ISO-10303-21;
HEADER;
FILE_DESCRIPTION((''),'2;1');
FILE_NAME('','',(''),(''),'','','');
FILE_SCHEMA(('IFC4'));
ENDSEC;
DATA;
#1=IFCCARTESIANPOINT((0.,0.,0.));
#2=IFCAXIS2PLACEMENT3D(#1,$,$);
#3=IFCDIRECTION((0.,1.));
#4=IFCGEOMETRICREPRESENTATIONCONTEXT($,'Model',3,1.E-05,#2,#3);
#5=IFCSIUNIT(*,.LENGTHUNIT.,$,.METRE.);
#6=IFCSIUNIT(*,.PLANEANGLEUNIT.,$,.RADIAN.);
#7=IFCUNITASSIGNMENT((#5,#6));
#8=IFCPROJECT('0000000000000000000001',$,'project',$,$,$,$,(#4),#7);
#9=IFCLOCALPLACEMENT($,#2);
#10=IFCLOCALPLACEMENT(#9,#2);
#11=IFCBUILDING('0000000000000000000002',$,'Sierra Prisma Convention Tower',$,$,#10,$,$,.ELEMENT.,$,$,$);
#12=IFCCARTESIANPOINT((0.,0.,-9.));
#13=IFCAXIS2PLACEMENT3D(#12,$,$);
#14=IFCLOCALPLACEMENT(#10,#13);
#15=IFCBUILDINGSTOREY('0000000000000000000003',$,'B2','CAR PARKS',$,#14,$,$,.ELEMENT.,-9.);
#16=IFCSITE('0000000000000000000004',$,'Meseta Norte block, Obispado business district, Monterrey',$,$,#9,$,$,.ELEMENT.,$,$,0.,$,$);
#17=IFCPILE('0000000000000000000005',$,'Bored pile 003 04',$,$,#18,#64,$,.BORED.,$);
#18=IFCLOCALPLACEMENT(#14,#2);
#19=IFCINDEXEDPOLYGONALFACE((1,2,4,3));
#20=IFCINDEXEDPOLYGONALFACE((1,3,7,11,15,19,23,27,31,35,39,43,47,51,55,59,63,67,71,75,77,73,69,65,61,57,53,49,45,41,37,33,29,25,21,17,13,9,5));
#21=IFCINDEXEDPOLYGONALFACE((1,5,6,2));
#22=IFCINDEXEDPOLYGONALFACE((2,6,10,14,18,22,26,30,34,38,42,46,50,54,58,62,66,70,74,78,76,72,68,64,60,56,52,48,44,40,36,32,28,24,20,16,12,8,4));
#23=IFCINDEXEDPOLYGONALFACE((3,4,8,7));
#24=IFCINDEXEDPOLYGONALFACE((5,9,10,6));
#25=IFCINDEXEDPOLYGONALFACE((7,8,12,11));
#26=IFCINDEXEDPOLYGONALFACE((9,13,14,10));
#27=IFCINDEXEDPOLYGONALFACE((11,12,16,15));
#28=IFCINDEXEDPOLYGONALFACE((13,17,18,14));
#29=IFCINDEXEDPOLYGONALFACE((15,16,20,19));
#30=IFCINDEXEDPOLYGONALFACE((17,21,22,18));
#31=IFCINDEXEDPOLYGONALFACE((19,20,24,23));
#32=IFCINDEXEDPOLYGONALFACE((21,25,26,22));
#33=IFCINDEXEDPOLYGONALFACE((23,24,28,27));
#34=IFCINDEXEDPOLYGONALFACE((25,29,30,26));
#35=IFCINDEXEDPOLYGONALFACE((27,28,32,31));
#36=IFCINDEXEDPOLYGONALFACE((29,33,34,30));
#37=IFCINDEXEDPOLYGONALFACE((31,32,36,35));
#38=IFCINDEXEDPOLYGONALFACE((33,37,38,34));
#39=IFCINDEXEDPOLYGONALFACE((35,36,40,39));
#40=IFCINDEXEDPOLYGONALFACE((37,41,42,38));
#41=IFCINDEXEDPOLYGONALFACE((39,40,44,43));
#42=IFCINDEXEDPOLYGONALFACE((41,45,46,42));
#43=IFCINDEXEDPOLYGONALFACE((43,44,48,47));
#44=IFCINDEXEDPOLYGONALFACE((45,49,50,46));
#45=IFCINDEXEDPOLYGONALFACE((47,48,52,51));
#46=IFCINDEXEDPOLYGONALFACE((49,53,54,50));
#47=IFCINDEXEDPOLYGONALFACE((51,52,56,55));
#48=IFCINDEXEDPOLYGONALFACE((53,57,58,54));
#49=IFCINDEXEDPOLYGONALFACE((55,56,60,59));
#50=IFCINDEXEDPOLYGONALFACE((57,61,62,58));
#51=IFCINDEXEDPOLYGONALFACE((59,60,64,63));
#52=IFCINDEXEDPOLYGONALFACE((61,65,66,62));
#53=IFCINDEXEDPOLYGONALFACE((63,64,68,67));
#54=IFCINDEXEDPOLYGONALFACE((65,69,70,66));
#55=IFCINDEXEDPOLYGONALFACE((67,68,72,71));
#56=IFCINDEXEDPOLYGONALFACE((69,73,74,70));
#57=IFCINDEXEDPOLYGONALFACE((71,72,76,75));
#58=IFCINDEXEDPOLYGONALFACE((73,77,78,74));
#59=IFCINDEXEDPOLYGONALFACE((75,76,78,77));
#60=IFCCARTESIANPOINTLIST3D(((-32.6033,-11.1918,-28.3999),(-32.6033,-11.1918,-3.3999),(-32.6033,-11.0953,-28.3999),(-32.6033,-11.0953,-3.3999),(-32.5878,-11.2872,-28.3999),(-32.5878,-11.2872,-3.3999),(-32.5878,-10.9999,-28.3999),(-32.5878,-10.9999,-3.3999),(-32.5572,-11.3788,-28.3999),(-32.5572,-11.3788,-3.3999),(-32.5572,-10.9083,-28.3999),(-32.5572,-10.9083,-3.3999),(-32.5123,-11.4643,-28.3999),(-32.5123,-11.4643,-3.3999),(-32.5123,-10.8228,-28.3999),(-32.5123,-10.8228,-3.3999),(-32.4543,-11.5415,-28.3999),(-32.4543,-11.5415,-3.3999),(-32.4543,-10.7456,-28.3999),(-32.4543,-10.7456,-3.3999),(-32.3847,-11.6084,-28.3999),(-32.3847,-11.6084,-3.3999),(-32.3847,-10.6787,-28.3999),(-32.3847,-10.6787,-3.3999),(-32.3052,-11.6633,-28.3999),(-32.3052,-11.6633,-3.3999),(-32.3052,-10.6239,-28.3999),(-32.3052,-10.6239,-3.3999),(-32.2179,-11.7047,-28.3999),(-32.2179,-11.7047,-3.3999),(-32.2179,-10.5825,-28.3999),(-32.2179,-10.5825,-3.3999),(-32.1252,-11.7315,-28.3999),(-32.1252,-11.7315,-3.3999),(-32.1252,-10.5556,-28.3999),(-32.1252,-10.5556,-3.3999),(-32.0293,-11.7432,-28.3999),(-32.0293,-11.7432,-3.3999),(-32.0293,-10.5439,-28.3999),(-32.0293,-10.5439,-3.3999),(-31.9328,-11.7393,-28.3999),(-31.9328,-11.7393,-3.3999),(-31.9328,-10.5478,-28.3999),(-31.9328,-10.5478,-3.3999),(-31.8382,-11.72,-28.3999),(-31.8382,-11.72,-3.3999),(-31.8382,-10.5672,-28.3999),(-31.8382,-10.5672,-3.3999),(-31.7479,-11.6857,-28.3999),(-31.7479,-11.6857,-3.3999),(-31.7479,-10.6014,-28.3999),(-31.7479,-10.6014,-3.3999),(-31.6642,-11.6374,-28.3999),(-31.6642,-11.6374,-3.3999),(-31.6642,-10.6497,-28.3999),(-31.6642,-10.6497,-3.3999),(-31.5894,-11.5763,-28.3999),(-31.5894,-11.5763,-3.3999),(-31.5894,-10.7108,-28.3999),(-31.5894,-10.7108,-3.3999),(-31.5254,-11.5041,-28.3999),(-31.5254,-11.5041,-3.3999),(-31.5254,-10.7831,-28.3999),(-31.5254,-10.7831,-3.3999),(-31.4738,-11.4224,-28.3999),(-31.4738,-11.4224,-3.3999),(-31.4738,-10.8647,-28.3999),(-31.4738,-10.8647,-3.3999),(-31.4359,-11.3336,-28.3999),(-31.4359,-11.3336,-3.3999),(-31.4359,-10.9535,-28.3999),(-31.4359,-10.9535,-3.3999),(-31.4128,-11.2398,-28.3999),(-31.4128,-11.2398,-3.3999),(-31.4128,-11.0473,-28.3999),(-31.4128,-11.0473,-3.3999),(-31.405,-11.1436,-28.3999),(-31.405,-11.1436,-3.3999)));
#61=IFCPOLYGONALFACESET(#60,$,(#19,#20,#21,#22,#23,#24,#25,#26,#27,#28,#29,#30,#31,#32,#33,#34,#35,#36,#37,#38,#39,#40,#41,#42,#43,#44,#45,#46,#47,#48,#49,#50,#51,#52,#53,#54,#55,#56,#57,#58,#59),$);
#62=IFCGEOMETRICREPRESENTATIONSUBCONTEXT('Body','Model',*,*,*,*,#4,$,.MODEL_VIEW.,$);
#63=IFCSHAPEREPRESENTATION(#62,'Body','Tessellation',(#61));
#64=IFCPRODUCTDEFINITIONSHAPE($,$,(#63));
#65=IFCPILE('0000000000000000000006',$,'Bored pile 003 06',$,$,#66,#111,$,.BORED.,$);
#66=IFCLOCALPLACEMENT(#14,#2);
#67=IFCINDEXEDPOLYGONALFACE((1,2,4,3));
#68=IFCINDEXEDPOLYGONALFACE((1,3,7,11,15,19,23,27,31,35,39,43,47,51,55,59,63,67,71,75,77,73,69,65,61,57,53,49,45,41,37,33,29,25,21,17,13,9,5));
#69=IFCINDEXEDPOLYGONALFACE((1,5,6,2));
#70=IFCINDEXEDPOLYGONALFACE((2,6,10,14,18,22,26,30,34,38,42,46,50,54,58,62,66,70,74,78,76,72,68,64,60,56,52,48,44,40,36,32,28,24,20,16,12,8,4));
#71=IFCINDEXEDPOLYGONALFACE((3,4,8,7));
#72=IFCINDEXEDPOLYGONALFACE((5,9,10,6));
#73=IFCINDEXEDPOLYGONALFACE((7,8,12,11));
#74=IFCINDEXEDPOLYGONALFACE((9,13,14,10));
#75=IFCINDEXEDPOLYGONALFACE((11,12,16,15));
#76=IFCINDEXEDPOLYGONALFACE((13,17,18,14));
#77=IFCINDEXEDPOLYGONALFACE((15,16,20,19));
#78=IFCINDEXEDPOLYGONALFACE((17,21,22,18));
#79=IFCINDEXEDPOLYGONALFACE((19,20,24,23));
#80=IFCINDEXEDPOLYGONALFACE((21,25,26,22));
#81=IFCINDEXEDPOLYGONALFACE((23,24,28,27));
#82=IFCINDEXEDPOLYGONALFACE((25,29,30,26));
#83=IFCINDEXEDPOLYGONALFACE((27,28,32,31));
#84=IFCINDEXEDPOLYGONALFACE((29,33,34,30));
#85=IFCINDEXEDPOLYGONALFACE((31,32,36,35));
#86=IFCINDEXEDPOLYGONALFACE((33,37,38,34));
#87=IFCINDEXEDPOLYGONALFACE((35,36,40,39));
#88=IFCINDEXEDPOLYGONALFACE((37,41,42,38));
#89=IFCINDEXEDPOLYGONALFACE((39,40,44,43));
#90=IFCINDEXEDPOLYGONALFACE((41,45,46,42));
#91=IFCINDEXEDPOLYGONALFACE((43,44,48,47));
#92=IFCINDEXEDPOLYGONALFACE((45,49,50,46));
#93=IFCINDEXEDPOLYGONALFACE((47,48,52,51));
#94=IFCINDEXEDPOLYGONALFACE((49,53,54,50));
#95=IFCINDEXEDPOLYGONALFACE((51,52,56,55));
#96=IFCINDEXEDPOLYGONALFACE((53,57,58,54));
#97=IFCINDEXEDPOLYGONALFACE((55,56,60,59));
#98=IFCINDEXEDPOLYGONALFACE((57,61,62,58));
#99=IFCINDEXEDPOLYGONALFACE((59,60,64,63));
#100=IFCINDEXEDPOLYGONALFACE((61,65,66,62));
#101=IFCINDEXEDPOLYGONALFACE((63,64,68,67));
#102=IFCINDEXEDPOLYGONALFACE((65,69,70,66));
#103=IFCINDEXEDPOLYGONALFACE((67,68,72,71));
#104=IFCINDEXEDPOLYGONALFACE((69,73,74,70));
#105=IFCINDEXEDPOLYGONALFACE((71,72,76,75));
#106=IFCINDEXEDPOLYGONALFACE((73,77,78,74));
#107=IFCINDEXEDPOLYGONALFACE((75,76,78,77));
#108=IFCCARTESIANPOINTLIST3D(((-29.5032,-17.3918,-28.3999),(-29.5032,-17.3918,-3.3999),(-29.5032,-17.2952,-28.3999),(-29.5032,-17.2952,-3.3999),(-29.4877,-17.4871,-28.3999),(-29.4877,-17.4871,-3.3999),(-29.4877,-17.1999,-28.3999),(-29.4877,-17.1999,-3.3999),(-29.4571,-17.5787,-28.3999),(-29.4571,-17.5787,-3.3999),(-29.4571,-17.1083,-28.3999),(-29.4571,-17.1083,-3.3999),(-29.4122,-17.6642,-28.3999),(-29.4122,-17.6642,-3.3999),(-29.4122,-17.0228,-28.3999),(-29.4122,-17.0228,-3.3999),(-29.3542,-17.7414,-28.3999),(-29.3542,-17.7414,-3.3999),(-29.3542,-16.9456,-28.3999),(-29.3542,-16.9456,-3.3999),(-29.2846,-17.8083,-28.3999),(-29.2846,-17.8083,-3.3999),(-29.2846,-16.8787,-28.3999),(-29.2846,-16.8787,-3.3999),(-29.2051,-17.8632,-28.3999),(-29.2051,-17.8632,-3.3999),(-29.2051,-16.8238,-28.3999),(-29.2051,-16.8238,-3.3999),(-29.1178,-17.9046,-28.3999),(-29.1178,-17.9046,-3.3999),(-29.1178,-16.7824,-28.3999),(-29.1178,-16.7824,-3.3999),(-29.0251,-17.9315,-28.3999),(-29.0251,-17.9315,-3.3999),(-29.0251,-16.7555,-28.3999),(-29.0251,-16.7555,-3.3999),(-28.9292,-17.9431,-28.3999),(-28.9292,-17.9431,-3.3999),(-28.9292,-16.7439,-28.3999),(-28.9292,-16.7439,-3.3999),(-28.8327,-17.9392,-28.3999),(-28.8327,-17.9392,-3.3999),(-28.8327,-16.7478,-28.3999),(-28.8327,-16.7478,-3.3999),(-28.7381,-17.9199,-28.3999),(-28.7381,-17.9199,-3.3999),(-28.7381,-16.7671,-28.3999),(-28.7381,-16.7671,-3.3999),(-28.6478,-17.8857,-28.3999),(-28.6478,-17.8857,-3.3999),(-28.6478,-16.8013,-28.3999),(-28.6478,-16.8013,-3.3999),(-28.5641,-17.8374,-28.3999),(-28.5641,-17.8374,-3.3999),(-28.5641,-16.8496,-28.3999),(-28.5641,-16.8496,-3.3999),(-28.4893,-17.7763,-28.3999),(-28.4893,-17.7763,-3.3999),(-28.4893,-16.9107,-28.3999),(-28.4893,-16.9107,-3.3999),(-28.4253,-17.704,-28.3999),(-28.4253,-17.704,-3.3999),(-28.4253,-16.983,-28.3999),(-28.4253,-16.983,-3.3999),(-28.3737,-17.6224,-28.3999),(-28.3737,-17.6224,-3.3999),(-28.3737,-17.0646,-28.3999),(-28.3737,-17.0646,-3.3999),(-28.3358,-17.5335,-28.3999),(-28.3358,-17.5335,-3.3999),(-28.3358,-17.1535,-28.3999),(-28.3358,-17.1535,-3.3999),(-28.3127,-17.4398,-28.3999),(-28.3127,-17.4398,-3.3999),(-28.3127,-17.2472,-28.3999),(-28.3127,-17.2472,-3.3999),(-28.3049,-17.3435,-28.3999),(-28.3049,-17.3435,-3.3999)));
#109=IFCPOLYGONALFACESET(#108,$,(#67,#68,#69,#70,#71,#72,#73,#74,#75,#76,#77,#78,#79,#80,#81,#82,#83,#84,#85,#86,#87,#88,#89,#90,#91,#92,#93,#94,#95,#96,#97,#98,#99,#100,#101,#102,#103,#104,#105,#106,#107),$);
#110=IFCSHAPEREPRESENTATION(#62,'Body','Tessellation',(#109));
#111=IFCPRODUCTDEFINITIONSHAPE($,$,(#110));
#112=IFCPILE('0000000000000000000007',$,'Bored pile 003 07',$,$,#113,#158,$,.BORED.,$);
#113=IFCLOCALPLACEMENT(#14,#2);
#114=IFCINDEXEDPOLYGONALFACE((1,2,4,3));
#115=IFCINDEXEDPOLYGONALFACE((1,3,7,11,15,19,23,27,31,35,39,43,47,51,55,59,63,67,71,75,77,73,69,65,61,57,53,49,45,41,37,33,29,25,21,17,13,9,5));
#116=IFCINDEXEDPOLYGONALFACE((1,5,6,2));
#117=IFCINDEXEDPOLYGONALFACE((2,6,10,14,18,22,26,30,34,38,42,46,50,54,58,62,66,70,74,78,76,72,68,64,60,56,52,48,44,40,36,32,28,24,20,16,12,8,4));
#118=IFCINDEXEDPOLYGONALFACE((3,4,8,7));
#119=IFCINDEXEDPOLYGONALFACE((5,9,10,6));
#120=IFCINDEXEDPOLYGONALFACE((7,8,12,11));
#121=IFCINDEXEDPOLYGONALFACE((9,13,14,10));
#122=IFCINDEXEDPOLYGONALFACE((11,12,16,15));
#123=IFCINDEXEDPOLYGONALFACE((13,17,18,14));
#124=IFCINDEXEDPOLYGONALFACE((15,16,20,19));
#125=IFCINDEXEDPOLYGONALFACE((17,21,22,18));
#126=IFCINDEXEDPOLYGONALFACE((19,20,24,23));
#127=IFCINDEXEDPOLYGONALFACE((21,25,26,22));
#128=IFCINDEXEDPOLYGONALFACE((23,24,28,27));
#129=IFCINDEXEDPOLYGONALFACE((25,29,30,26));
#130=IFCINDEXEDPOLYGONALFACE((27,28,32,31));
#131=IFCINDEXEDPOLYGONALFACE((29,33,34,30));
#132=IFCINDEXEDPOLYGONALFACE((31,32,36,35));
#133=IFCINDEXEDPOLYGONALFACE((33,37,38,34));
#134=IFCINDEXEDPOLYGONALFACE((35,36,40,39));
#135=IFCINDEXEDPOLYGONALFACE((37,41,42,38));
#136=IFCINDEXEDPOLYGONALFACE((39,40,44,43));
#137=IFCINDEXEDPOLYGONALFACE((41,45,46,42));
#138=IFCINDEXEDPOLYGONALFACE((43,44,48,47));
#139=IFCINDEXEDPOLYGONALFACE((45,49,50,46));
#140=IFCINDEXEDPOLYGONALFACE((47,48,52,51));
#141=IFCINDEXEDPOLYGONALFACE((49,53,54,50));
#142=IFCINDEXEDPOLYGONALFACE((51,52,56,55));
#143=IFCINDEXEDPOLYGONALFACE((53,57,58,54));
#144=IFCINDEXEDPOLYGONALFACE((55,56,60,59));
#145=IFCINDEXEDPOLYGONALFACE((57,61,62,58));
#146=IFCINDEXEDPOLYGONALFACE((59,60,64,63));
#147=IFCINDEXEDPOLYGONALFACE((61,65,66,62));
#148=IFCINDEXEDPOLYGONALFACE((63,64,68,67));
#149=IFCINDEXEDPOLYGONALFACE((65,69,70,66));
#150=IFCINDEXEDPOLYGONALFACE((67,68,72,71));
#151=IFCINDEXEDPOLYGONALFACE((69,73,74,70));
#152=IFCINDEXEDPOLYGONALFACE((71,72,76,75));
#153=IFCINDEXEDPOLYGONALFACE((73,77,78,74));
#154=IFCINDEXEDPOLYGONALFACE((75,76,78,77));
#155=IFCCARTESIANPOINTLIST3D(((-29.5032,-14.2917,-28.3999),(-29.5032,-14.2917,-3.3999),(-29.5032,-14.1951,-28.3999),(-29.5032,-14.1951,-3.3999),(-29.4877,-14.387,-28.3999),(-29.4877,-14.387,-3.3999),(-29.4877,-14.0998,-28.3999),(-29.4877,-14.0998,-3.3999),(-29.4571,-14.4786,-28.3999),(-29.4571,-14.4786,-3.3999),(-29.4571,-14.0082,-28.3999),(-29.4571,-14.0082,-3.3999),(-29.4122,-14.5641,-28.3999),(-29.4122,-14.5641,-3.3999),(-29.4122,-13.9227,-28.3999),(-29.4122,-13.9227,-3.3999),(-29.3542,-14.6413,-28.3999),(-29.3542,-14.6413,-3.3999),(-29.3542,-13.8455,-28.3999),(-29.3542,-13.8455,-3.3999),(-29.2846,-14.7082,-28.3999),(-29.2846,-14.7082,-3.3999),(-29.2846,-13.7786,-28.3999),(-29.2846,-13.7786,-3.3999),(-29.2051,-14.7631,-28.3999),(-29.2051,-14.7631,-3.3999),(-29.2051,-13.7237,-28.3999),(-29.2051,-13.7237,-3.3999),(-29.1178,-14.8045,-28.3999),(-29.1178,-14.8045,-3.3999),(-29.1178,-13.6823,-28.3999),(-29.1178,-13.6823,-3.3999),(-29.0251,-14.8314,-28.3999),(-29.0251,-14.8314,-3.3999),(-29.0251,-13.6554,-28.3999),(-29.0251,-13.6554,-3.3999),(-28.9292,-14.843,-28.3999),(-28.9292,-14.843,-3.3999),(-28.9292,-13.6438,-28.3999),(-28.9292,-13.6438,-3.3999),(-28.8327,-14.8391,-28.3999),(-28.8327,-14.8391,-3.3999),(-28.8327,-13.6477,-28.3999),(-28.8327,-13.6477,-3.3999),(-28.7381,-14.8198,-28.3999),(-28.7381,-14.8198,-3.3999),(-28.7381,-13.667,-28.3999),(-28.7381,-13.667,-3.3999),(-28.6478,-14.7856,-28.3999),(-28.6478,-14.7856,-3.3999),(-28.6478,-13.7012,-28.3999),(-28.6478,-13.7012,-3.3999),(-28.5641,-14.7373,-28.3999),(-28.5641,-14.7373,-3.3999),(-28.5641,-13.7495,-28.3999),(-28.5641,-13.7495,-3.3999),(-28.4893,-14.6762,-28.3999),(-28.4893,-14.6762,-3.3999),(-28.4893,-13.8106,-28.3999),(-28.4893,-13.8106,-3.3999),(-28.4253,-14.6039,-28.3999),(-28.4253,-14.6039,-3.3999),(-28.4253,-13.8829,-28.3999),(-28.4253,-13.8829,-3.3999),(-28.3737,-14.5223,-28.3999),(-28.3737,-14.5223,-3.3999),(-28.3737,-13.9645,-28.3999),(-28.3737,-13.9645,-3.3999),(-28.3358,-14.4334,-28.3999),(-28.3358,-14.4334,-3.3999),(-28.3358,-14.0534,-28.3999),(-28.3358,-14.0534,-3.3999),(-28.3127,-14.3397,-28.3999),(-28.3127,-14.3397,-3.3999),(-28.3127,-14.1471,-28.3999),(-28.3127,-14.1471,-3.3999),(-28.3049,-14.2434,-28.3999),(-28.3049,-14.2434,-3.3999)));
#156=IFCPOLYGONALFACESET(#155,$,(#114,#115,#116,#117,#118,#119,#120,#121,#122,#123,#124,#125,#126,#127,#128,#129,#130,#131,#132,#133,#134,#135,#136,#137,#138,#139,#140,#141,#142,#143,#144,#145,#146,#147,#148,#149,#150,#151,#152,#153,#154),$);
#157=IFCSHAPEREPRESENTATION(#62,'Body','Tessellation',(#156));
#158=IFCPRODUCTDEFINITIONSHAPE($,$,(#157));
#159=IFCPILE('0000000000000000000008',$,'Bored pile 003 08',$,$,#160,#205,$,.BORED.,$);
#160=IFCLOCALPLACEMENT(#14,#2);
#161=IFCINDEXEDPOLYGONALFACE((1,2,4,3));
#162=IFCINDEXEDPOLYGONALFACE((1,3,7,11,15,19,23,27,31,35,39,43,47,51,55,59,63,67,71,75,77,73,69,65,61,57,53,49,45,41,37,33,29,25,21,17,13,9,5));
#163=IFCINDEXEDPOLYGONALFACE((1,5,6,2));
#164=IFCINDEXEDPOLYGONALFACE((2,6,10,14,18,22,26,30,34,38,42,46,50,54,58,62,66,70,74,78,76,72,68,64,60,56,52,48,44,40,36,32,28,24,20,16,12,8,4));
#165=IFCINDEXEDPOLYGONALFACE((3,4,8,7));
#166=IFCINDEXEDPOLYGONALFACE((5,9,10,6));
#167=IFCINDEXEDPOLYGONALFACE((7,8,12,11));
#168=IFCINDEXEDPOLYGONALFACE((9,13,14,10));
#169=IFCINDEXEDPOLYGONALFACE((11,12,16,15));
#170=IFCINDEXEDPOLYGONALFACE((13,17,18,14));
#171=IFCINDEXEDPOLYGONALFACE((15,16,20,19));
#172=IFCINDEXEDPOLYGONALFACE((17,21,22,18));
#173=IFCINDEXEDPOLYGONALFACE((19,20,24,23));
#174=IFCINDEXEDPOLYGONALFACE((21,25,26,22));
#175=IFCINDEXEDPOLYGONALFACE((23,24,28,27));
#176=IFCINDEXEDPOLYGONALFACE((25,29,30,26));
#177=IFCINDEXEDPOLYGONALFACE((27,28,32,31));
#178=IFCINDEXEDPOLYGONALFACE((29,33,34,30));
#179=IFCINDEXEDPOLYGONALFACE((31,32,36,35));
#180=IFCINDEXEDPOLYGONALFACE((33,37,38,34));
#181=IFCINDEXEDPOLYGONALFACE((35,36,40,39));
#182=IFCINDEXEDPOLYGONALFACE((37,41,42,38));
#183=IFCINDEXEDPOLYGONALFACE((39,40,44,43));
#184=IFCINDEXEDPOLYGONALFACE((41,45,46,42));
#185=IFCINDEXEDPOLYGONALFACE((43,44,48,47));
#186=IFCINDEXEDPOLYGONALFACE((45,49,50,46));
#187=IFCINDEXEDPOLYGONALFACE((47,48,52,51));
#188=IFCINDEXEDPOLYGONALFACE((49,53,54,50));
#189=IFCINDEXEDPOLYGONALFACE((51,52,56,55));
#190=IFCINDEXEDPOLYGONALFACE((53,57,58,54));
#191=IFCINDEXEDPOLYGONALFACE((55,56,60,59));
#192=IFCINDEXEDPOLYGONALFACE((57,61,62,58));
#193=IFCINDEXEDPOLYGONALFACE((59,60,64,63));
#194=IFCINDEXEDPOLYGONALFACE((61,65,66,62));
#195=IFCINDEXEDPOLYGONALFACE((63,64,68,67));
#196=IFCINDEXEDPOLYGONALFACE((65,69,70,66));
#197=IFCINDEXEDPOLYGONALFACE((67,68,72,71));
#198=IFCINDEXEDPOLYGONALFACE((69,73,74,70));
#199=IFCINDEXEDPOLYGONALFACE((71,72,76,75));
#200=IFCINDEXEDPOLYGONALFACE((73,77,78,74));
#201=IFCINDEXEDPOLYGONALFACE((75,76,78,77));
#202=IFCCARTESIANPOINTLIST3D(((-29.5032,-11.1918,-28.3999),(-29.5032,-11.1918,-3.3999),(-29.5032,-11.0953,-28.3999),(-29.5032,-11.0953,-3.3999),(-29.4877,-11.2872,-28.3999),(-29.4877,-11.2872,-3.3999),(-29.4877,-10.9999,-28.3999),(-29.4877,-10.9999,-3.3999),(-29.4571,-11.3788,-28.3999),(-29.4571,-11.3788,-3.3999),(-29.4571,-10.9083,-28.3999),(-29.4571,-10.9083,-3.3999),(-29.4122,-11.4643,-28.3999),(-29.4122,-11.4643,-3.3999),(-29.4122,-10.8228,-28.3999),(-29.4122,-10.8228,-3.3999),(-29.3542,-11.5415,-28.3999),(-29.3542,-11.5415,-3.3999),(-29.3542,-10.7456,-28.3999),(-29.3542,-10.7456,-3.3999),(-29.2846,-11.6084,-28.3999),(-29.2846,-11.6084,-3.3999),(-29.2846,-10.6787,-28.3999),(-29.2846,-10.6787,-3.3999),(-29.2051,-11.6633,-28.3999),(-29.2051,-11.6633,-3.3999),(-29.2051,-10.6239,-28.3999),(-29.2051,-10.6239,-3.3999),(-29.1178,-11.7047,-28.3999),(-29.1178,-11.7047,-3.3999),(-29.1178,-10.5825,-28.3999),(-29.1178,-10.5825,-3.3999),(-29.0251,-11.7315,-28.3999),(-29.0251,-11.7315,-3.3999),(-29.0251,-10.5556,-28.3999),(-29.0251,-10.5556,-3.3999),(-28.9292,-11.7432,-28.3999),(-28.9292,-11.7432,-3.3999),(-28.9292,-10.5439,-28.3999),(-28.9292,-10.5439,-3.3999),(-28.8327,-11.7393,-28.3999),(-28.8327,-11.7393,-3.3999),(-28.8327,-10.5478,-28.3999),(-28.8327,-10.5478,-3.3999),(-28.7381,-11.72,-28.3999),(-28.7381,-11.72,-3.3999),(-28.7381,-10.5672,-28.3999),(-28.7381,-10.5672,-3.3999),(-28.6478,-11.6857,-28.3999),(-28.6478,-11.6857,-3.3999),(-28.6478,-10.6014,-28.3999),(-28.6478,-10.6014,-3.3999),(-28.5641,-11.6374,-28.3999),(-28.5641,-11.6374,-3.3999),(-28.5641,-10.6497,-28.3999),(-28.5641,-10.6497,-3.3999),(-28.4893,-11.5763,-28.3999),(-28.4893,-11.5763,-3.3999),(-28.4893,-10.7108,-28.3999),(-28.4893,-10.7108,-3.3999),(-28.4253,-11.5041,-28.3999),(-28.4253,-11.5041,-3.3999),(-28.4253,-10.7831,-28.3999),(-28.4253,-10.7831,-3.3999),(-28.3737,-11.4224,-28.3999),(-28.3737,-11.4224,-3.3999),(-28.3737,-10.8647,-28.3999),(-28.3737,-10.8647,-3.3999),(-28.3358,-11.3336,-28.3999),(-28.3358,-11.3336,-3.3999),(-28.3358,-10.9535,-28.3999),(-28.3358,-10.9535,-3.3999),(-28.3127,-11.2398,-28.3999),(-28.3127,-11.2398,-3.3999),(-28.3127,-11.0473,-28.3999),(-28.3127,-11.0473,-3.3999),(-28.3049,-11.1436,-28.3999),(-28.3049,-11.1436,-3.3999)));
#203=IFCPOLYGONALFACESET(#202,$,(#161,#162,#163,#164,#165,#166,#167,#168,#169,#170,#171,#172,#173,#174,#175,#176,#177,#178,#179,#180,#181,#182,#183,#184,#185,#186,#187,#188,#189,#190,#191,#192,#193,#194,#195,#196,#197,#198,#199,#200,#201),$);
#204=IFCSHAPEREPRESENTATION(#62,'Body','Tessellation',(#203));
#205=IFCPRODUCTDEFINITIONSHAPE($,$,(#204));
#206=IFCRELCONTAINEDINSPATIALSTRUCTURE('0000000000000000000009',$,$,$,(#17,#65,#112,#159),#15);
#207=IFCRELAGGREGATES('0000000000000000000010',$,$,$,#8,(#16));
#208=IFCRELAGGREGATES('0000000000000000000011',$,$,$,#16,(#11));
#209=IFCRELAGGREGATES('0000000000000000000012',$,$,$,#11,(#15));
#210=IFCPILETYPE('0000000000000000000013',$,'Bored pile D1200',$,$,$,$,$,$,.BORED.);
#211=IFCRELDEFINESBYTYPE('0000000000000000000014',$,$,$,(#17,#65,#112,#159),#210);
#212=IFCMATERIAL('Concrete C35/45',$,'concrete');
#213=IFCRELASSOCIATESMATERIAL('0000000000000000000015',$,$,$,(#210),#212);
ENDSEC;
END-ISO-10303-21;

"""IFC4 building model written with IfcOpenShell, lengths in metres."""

from ifc_helpers import new_model, si_unit, direction, frame, origin, origin_2d, place, context, subcontext, project, spatial, circle, extrude, material, material_profile, profile_set, type_object, element, save


model = new_model("IFC4")

# Units and contexts
model_context = context("Model", 3, precision=1e-05, world=origin(), true_north=direction((0.0, 1.0)))
body_context = subcontext(model_context, "Body", "Model", "MODEL_VIEW")
ifc_project = project(units=[si_unit("LENGTHUNIT", "METRE"), si_unit("PLANEANGLEUNIT", "RADIAN")], contexts=[model_context])

# Site, building, storey
site_placement = place(None, origin())
site = spatial("IfcSite", under=ifc_project, at=site_placement, Name="Meseta Norte block, Obispado business district, Monterrey", CompositionType="ELEMENT", RefElevation=0.0)
building_placement = place(site_placement, origin())
building = spatial("IfcBuilding", under=site, at=building_placement, Name="Sierra Prisma Convention Tower", CompositionType="ELEMENT")
storey_placement = place(building_placement, frame((0.0, 0.0, -9.0)))
storey = spatial("IfcBuildingStorey", under=building, at=storey_placement, Name="B2", Description="CAR PARKS", CompositionType="ELEMENT", Elevation=-9.0)

# Piles
ifc_material_1 = material(Name="Concrete C35/45", Category="concrete")
ifc_material_profile_1 = material_profile(ifc_material_1, circle(Radius=0.6001, at=origin_2d()), Name="D1200")
ifc_profile_set_1 = profile_set([ifc_material_profile_1], Name="Concrete C35/45")
pile_type_1 = type_object("IfcPileType", Name="Bored pile D1200", PredefinedType="BORED", material=ifc_profile_set_1)
for number, where, z_axis, x_axis, name in (
    (1, (-32.0051, -11.1436, -3.3999), (0.0, 0.0, -1.0), (1.0, 0.0, 0.0), "Bored pile 003 04"),
    (2, (-28.905, -17.3435, -3.3999), (0.0, 0.0, -1.0), (1.0, 0.0, 0.0), "Bored pile 003 06"),
    (3, (-28.905, -14.2434, -3.3999), (0.0, 0.0, -1.0), (1.0, 0.0, 0.0), "Bored pile 003 07"),
    (4, (-28.905, -11.1436, -3.3999), (0.0, 0.0, -1.0), (1.0, 0.0, 0.0), "Bored pile 003 08"),
):
    element("IfcPile", number, at=place(storey_placement, frame(where, z_axis=z_axis, x_axis=x_axis)), inside=storey, type_object=pile_type_1, Name=name, PredefinedType="BORED", context=body_context, shape_type="SweptSolid", body=[
        extrude(circle(Radius=0.6001, at=origin_2d()), origin(), (0.0, 0.0, 1.0), 25.0),
    ])

save(model, "model.ifc")
